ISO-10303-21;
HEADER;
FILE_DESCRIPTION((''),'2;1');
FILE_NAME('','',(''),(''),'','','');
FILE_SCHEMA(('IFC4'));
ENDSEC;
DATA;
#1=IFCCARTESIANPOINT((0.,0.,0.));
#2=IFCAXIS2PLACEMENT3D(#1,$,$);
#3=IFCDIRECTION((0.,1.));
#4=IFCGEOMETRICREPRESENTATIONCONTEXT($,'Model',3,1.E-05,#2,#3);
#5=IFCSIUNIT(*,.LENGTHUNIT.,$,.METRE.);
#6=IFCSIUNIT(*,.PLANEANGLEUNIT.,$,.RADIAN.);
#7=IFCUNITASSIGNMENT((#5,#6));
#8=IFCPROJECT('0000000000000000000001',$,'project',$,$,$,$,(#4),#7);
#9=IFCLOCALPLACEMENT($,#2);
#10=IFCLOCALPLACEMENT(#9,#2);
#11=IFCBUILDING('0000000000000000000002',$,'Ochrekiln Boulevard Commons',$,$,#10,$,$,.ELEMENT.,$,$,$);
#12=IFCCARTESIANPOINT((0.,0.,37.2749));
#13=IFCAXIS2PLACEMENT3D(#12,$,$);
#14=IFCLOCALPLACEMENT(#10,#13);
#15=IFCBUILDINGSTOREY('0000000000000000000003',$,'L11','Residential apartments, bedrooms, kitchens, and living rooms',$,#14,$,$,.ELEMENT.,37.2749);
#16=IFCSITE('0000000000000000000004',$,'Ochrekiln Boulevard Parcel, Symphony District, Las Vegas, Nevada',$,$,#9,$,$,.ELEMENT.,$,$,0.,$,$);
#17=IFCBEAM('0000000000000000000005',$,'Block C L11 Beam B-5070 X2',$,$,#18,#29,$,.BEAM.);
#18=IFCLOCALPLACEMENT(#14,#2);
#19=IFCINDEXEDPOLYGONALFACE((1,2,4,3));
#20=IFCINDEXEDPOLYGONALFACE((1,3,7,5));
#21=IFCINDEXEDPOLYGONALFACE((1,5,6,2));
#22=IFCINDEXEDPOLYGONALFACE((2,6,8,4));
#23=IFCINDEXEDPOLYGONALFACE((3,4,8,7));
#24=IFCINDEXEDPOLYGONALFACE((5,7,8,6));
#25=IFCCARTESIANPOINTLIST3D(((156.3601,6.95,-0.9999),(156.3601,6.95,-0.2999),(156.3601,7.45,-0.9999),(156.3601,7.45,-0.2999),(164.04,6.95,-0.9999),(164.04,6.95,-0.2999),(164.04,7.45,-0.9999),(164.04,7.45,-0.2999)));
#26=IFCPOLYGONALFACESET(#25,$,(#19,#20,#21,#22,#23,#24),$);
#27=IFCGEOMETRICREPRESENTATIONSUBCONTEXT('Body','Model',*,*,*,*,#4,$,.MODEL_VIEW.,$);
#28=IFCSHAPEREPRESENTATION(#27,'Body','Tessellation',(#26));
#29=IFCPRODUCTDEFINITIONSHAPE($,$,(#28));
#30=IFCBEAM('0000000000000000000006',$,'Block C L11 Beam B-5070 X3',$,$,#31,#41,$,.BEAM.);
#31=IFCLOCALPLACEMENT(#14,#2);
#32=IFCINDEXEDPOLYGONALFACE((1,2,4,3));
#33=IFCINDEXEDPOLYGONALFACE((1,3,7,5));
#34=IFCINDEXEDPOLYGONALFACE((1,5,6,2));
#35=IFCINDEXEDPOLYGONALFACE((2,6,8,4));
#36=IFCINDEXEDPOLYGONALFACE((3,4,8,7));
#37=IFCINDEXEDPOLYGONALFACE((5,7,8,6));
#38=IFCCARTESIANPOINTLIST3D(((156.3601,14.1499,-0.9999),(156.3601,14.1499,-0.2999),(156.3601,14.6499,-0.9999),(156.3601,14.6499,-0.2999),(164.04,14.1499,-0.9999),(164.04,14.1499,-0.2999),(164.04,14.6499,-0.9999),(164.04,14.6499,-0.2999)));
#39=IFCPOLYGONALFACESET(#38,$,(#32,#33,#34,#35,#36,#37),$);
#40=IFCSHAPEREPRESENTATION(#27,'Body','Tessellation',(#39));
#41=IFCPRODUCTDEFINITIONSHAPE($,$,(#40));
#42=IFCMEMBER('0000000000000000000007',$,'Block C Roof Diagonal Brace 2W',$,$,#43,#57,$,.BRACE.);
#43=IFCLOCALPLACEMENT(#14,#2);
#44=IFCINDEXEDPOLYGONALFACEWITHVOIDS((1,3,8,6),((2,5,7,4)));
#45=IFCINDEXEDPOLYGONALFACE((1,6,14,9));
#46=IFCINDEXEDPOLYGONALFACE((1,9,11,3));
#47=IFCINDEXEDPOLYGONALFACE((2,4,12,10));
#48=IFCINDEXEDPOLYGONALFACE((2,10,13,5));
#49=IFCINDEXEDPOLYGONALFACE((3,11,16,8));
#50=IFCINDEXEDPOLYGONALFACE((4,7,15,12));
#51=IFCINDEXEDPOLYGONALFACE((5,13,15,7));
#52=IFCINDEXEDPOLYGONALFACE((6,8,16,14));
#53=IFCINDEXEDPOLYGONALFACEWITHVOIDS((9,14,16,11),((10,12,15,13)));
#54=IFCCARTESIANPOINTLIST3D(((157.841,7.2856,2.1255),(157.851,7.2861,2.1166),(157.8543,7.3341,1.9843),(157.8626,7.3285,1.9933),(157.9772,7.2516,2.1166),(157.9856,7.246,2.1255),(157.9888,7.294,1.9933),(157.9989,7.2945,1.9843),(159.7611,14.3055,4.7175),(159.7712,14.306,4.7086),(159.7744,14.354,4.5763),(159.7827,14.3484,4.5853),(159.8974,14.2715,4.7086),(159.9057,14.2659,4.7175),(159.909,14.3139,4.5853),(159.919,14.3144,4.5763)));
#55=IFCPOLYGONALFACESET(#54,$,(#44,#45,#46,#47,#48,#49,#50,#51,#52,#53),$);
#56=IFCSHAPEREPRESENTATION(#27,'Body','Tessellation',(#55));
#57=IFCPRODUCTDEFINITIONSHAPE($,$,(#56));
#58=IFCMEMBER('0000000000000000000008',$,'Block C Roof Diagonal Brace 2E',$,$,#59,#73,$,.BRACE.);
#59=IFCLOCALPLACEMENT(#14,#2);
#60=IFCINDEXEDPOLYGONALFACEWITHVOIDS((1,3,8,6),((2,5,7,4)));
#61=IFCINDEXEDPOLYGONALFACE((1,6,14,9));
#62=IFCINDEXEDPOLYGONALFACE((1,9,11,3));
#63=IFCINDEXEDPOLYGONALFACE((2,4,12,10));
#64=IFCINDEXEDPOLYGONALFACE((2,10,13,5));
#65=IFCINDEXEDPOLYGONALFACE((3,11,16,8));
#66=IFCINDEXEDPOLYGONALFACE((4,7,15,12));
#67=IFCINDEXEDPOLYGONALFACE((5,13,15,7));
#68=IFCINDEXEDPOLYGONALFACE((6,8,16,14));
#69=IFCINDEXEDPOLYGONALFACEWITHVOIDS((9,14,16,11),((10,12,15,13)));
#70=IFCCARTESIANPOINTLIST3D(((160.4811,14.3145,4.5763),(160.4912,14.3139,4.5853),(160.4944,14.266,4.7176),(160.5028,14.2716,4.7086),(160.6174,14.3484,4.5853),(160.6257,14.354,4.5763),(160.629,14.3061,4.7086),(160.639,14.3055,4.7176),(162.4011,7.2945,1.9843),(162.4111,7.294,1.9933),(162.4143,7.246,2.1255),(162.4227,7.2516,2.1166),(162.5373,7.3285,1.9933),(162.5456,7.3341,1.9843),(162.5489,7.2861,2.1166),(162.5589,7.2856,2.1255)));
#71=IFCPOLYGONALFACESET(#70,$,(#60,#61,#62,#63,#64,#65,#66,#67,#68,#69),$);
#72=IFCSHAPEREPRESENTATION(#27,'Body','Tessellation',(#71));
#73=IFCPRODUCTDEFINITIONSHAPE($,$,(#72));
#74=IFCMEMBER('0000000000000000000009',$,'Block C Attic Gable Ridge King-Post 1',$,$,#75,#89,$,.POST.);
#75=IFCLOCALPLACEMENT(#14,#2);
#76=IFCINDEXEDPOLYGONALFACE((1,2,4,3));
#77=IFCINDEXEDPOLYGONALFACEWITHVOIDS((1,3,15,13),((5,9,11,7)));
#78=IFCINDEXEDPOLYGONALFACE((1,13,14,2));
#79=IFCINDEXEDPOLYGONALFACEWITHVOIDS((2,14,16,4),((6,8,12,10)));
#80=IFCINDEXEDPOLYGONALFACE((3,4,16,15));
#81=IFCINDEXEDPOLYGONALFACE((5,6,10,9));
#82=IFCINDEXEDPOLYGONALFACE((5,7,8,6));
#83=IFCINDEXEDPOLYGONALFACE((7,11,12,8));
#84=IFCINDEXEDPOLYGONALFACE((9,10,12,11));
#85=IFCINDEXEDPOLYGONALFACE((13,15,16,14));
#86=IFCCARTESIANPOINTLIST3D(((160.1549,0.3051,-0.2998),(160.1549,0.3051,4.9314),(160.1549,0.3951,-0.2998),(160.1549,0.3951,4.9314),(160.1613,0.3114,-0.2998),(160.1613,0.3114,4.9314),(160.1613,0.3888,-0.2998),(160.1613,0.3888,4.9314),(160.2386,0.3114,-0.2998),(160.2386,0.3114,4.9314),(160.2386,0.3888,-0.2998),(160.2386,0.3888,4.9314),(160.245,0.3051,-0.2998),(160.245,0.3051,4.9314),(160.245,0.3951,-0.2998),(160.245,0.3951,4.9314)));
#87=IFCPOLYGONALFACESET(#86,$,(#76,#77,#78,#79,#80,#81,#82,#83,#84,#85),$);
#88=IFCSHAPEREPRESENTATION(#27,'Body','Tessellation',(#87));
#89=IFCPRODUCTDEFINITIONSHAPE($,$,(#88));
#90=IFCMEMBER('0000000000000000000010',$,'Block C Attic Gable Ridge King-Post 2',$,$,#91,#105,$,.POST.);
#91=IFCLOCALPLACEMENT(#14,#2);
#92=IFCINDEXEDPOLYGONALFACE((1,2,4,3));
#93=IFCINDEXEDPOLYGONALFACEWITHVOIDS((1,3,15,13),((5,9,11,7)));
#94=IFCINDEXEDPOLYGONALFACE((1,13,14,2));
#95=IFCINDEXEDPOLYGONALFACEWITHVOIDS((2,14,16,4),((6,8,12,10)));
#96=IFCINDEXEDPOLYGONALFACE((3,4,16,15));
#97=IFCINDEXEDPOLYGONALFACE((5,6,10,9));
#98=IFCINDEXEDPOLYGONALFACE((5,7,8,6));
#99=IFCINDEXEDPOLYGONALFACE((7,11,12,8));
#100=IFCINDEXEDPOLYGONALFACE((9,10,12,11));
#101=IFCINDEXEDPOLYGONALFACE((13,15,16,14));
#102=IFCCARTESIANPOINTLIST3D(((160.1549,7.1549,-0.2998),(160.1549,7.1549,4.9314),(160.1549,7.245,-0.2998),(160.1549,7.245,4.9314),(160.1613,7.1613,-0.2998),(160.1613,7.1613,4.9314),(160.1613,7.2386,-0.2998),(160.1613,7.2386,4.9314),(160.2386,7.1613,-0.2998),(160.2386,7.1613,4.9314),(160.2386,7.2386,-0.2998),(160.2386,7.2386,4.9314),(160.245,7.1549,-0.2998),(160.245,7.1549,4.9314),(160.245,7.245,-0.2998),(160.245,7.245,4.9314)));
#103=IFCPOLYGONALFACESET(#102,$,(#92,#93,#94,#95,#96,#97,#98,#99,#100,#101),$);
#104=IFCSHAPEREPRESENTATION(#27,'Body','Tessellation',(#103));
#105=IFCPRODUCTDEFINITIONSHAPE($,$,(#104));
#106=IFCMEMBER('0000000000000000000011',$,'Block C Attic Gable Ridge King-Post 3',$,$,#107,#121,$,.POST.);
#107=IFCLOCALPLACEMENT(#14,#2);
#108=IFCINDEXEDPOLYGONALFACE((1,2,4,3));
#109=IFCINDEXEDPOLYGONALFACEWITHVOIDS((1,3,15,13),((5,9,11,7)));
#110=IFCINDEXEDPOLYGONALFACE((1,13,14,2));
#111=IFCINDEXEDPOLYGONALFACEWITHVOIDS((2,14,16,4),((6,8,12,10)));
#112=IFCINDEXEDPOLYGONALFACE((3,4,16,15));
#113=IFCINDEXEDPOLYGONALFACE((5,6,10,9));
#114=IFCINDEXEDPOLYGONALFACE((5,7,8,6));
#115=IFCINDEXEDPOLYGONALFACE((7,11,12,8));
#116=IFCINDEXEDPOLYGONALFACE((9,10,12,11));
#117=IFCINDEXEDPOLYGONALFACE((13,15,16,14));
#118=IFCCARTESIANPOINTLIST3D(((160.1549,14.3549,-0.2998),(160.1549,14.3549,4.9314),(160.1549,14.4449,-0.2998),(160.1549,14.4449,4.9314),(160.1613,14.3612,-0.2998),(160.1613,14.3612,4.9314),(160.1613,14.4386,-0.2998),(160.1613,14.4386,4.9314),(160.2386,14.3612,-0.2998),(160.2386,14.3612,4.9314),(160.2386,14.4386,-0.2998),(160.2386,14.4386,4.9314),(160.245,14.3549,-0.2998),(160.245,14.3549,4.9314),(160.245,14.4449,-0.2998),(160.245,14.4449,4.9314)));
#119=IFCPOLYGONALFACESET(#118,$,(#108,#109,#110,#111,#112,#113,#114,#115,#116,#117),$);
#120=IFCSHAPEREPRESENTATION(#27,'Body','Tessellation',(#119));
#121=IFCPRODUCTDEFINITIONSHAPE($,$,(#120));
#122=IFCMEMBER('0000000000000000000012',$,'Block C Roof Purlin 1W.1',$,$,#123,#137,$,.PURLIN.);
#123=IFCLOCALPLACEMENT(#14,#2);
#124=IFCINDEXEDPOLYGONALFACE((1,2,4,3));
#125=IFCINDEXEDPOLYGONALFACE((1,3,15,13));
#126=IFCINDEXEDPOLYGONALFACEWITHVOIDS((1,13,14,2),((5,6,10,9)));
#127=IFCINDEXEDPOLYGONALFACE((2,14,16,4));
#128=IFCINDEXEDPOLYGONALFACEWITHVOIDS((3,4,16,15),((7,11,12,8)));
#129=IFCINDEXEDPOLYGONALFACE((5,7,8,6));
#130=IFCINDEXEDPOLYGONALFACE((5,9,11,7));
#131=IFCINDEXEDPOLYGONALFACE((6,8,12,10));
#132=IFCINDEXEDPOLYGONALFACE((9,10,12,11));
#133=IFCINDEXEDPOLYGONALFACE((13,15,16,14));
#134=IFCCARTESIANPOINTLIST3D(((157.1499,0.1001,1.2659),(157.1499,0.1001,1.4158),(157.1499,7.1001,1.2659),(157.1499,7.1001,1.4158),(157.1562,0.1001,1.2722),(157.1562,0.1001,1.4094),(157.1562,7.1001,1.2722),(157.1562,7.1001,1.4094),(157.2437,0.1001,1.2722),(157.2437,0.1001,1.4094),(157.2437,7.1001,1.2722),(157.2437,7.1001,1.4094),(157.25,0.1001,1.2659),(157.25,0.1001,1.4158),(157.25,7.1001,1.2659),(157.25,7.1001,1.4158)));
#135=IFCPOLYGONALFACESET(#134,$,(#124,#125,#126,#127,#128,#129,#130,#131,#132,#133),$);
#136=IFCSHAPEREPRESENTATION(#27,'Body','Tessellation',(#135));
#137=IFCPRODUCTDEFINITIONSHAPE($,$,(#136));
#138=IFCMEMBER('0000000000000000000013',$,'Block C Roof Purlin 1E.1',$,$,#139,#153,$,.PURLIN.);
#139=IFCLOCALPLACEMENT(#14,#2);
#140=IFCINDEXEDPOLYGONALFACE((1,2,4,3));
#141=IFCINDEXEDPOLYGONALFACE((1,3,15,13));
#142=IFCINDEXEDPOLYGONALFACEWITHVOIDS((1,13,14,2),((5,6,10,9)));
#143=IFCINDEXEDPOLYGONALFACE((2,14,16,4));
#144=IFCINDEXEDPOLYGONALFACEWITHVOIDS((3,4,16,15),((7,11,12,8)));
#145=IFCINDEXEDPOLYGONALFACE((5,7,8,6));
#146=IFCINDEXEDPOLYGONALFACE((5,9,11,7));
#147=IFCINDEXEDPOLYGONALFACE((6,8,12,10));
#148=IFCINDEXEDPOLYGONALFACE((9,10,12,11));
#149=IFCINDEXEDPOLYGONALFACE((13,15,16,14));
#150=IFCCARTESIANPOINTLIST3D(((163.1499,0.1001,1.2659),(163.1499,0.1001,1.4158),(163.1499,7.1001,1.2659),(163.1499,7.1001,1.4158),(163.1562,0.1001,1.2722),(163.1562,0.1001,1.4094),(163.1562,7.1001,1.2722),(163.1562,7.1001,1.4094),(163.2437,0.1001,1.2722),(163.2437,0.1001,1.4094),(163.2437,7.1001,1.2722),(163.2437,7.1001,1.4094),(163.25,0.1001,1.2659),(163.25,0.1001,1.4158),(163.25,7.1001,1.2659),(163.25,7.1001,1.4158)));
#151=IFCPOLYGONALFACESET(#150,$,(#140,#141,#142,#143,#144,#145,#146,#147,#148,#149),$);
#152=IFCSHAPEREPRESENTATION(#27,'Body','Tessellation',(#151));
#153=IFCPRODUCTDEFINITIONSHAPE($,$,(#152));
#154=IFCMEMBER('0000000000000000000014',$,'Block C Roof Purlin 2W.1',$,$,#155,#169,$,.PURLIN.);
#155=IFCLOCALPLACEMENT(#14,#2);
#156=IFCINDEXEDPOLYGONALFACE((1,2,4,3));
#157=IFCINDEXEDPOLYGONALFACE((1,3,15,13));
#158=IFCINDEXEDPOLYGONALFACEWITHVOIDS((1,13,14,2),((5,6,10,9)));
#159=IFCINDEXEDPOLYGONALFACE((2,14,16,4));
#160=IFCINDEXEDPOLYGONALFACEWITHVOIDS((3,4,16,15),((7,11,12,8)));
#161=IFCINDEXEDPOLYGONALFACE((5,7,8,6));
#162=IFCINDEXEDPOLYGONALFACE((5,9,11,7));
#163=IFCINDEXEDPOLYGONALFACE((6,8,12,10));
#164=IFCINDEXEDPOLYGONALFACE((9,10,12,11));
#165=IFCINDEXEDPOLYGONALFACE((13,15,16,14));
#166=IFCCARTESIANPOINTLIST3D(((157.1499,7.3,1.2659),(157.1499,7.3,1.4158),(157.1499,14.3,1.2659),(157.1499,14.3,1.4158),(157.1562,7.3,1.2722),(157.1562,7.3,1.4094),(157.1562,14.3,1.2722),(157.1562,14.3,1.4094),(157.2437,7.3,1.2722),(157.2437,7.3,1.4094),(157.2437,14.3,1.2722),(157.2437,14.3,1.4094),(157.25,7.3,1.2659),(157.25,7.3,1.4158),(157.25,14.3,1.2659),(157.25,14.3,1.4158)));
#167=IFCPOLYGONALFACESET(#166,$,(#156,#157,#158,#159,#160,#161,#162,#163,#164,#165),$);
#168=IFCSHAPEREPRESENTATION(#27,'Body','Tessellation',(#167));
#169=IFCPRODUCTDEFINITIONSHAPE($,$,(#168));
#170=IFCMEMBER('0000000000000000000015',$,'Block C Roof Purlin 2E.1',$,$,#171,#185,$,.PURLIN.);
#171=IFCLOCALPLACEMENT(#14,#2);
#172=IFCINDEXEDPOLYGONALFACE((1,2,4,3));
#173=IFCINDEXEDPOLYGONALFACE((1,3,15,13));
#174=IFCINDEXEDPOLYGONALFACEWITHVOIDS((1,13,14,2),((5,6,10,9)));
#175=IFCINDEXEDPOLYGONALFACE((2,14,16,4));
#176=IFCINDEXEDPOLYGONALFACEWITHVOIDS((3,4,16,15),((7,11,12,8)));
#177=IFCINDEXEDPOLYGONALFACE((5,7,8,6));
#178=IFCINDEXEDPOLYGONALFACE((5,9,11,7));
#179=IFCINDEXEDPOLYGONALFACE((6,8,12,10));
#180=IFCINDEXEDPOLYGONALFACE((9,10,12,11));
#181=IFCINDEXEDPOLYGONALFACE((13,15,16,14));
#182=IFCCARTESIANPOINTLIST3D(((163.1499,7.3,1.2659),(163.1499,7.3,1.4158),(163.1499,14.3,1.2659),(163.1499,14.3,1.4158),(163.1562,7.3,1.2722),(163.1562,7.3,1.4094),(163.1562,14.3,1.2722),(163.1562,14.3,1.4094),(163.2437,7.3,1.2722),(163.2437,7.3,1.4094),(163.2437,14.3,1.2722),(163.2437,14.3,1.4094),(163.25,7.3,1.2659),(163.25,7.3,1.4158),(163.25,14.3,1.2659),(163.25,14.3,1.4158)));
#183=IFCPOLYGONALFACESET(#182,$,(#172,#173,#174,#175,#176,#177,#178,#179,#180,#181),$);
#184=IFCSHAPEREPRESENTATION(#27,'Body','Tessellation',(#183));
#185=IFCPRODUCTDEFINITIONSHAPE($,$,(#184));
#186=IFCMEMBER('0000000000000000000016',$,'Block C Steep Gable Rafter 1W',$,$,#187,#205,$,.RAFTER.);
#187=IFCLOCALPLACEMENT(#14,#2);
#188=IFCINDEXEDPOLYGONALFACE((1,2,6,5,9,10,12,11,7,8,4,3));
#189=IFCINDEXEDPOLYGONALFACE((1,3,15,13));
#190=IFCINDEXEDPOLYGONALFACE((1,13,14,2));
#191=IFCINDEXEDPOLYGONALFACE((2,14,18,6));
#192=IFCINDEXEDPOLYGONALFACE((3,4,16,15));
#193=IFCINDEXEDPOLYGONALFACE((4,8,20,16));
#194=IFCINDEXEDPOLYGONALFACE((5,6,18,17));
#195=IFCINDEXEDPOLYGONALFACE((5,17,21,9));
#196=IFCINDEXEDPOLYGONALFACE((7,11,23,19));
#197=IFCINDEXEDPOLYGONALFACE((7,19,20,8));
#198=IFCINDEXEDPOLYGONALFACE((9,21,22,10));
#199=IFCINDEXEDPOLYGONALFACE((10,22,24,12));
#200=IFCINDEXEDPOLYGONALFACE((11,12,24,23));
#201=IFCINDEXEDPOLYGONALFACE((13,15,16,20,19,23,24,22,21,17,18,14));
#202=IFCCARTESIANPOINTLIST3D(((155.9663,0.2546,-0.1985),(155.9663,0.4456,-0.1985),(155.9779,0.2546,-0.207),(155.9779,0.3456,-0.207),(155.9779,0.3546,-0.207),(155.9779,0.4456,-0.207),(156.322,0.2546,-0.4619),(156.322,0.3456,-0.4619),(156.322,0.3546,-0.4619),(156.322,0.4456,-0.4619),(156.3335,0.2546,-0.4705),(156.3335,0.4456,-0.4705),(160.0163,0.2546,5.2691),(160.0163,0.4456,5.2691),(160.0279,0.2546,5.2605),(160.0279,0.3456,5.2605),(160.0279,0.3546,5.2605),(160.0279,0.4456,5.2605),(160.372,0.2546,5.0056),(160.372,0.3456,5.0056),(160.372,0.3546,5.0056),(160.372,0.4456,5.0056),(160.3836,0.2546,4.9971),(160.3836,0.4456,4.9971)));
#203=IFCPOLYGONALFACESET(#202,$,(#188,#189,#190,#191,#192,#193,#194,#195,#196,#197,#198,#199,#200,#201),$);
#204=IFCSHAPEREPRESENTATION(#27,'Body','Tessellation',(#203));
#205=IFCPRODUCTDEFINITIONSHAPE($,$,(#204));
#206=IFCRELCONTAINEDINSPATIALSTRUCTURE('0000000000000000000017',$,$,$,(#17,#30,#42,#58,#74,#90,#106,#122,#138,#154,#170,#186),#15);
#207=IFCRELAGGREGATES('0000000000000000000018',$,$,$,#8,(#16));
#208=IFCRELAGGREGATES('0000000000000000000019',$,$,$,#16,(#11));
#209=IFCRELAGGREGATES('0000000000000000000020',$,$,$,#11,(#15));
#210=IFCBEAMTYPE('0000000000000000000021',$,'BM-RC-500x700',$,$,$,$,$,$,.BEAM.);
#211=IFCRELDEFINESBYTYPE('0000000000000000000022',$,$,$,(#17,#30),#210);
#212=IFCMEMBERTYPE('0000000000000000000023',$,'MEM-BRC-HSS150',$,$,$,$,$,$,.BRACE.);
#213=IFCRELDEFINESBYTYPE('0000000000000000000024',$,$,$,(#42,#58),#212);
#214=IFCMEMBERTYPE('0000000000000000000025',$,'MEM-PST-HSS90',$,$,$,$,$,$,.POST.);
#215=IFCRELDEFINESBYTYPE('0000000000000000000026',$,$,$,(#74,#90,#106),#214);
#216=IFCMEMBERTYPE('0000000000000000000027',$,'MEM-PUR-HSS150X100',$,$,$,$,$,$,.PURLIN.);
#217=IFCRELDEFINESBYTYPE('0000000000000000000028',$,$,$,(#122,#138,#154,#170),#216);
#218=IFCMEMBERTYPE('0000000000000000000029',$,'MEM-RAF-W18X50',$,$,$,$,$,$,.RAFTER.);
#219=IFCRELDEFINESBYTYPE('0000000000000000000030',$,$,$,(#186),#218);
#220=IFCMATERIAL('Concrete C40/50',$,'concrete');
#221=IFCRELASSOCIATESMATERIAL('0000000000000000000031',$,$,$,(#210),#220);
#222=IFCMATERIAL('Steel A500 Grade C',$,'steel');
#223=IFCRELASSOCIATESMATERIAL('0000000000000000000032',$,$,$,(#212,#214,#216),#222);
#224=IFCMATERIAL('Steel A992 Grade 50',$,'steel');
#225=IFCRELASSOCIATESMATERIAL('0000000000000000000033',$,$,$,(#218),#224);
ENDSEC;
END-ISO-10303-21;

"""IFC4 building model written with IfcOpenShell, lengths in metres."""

from ifc_helpers import new_model, si_unit, direction, frame, origin, origin_2d, place, context, subcontext, project, spatial, rectangle, hollow_rectangle, i_section, extrude, material, material_profile, profile_set, type_object, element, save


model = new_model("IFC4")

# Units and contexts
model_context = context("Model", 3, precision=1e-05, world=origin(), true_north=direction((0.0, 1.0)))
body_context = subcontext(model_context, "Body", "Model", "MODEL_VIEW")
ifc_project = project(units=[si_unit("LENGTHUNIT", "METRE"), si_unit("PLANEANGLEUNIT", "RADIAN")], contexts=[model_context])

# Site, building, storey
site_placement = place(None, origin())
site = spatial("IfcSite", under=ifc_project, at=site_placement, Name="Ochrekiln Boulevard Parcel, Symphony District, Las Vegas, Nevada", CompositionType="ELEMENT", RefElevation=0.0)
building_placement = place(site_placement, origin())
building = spatial("IfcBuilding", under=site, at=building_placement, Name="Ochrekiln Boulevard Commons", CompositionType="ELEMENT")
storey_placement = place(building_placement, frame((0.0, 0.0, 37.2749)))
storey = spatial("IfcBuildingStorey", under=building, at=storey_placement, Name="L11", Description="Residential apartments, bedrooms, kitchens, and living rooms", CompositionType="ELEMENT", Elevation=37.2749)

# Beams
ifc_material_1 = material(Name="Concrete C40/50", Category="concrete")
ifc_material_profile_1 = material_profile(ifc_material_1, rectangle(XDim=0.5, YDim=0.7, at=origin_2d()), Name="RC-BM-500x700")
ifc_profile_set_1 = profile_set([ifc_material_profile_1], Name="Concrete C40/50")
beam_type_1 = type_object("IfcBeamType", Name="BM-RC-500x700", PredefinedType="BEAM", material=ifc_profile_set_1)
for number, where, z_axis, x_axis, name in (
    (1, (156.3601, 7.2, -0.6499), (1.0, 0.0, 0.0), (0.0, 1.0, 0.0), "Block C L11 Beam B-5070 X2"),
    (2, (156.3601, 14.3999, -0.6499), (1.0, 0.0, 0.0), (0.0, 1.0, 0.0), "Block C L11 Beam B-5070 X3"),
):
    element("IfcBeam", number, at=place(storey_placement, frame(where, z_axis=z_axis, x_axis=x_axis)), inside=storey, type_object=beam_type_1, Name=name, PredefinedType="BEAM", context=body_context, shape_type="SweptSolid", body=[
        extrude(rectangle(XDim=0.5, YDim=0.7, at=origin_2d()), origin(), (0.0, 0.0, 1.0), 7.6799),
    ])

# Members
ifc_material_2 = material(Name="Steel A500 Grade C", Category="steel")
ifc_material_profile_2 = material_profile(ifc_material_2, hollow_rectangle(XDim=0.1499, YDim=0.1499, WallThickness=0.0095, at=origin_2d()), Name="HSS150X150X9.5")
ifc_profile_set_2 = profile_set([ifc_material_profile_2], Name="Steel A500 Grade C")
member_type_1 = type_object("IfcMemberType", Name="MEM-BRC-HSS150", PredefinedType="BRACE", material=ifc_profile_set_2)
for number, where, z_axis, x_axis, name in (
    (3, (157.9199, 7.29, 2.0549), (0.248543, 0.908658, 0.335509), (-0.964568, 0.263835, 0.0), "Block C Roof Diagonal Brace 2W"),
    (4, (162.48, 7.29, 2.0549), (-0.248513, 0.908666, 0.335512), (-0.964576, -0.263804, 0.0), "Block C Roof Diagonal Brace 2E"),
):
    element("IfcMember", number, at=place(storey_placement, frame(where, z_axis=z_axis, x_axis=x_axis)), inside=storey, type_object=member_type_1, Name=name, PredefinedType="BRACE", context=body_context, shape_type="SweptSolid", body=[
        extrude(hollow_rectangle(XDim=0.1499, YDim=0.1499, WallThickness=0.0095, at=origin_2d()), origin(), (0.0, 0.0, 1.0), 7.7256),
    ])
ifc_material_profile_3 = material_profile(ifc_material_2, hollow_rectangle(XDim=0.0901, YDim=0.0901, WallThickness=0.0063, at=origin_2d()), Name="HSS90X90X6.4")
ifc_profile_set_3 = profile_set([ifc_material_profile_3], Name="Steel A500 Grade C")
member_type_2 = type_object("IfcMemberType", Name="MEM-PST-HSS90", PredefinedType="POST", material=ifc_profile_set_3)
for number, where, z_axis, x_axis, name in (
    (5, (160.2, 0.3501, -0.2998), (0.0, 0.0, 1.0), (1.0, 0.0, 0.0), "Block C Attic Gable Ridge King-Post 1"),
    (6, (160.2, 7.2, -0.2998), (0.0, 0.0, 1.0), (1.0, 0.0, 0.0), "Block C Attic Gable Ridge King-Post 2"),
    (7, (160.2, 14.3999, -0.2998), (0.0, 0.0, 1.0), (1.0, 0.0, 0.0), "Block C Attic Gable Ridge King-Post 3"),
):
    element("IfcMember", number, at=place(storey_placement, frame(where, z_axis=z_axis, x_axis=x_axis)), inside=storey, type_object=member_type_2, Name=name, PredefinedType="POST", context=body_context, shape_type="SweptSolid", body=[
        extrude(hollow_rectangle(XDim=0.0901, YDim=0.0901, WallThickness=0.0063, at=origin_2d()), origin(), (0.0, 0.0, 1.0), 5.2312),
    ])
ifc_material_profile_4 = material_profile(ifc_material_2, hollow_rectangle(XDim=0.1001, YDim=0.1499, WallThickness=0.0063, at=origin_2d()), Name="HSS150X100X6.4")
ifc_profile_set_4 = profile_set([ifc_material_profile_4], Name="Steel A500 Grade C")
member_type_3 = type_object("IfcMemberType", Name="MEM-PUR-HSS150X100", PredefinedType="PURLIN", material=ifc_profile_set_4)
for number, where, z_axis, x_axis, name in (
    (8, (157.2, 0.1001, 1.3408), (0.0, 1.0, 0.0), (-1.0, 0.0, 0.0), "Block C Roof Purlin 1W.1"),
    (9, (163.2, 0.1001, 1.3408), (0.0, 1.0, 0.0), (-1.0, 0.0, 0.0), "Block C Roof Purlin 1E.1"),
    (10, (157.2, 7.3, 1.3408), (0.0, 1.0, 0.0), (-1.0, 0.0, 0.0), "Block C Roof Purlin 2W.1"),
    (11, (163.2, 7.3, 1.3408), (0.0, 1.0, 0.0), (-1.0, 0.0, 0.0), "Block C Roof Purlin 2E.1"),
):
    element("IfcMember", number, at=place(storey_placement, frame(where, z_axis=z_axis, x_axis=x_axis)), inside=storey, type_object=member_type_3, Name=name, PredefinedType="PURLIN", context=body_context, shape_type="SweptSolid", body=[
        extrude(hollow_rectangle(XDim=0.1001, YDim=0.1499, WallThickness=0.0063, at=origin_2d()), origin(), (0.0, 0.0, 1.0), 7.0),
    ])
ifc_material_3 = material(Name="Steel A992 Grade 50", Category="steel")
ifc_material_profile_5 = material_profile(ifc_material_3, i_section(OverallWidth=0.1909, OverallDepth=0.457, WebThickness=0.009, FlangeThickness=0.0144, at=origin_2d()), Name="W18X50")
ifc_profile_set_5 = profile_set([ifc_material_profile_5], Name="Steel A992 Grade 50")
member_type_4 = type_object("IfcMemberType", Name="MEM-RAF-W18X50", PredefinedType="RAFTER", material=ifc_profile_set_5)
for number, where, z_axis, x_axis, name in (
    (12, (156.1499, 0.3501, -0.3345), (0.59523, 0.0, 0.803555), (0.0, 1.0, 0.0), "Block C Steep Gable Rafter 1W"),
):
    element("IfcMember", number, at=place(storey_placement, frame(where, z_axis=z_axis, x_axis=x_axis)), inside=storey, type_object=member_type_4, Name=name, PredefinedType="RAFTER", context=body_context, shape_type="SweptSolid", body=[
        extrude(i_section(OverallWidth=0.1909, OverallDepth=0.457, WebThickness=0.009, FlangeThickness=0.0144, at=origin_2d()), origin(), (0.0, 0.0, 1.0), 6.8042),
    ])

save(model, "model.ifc")
